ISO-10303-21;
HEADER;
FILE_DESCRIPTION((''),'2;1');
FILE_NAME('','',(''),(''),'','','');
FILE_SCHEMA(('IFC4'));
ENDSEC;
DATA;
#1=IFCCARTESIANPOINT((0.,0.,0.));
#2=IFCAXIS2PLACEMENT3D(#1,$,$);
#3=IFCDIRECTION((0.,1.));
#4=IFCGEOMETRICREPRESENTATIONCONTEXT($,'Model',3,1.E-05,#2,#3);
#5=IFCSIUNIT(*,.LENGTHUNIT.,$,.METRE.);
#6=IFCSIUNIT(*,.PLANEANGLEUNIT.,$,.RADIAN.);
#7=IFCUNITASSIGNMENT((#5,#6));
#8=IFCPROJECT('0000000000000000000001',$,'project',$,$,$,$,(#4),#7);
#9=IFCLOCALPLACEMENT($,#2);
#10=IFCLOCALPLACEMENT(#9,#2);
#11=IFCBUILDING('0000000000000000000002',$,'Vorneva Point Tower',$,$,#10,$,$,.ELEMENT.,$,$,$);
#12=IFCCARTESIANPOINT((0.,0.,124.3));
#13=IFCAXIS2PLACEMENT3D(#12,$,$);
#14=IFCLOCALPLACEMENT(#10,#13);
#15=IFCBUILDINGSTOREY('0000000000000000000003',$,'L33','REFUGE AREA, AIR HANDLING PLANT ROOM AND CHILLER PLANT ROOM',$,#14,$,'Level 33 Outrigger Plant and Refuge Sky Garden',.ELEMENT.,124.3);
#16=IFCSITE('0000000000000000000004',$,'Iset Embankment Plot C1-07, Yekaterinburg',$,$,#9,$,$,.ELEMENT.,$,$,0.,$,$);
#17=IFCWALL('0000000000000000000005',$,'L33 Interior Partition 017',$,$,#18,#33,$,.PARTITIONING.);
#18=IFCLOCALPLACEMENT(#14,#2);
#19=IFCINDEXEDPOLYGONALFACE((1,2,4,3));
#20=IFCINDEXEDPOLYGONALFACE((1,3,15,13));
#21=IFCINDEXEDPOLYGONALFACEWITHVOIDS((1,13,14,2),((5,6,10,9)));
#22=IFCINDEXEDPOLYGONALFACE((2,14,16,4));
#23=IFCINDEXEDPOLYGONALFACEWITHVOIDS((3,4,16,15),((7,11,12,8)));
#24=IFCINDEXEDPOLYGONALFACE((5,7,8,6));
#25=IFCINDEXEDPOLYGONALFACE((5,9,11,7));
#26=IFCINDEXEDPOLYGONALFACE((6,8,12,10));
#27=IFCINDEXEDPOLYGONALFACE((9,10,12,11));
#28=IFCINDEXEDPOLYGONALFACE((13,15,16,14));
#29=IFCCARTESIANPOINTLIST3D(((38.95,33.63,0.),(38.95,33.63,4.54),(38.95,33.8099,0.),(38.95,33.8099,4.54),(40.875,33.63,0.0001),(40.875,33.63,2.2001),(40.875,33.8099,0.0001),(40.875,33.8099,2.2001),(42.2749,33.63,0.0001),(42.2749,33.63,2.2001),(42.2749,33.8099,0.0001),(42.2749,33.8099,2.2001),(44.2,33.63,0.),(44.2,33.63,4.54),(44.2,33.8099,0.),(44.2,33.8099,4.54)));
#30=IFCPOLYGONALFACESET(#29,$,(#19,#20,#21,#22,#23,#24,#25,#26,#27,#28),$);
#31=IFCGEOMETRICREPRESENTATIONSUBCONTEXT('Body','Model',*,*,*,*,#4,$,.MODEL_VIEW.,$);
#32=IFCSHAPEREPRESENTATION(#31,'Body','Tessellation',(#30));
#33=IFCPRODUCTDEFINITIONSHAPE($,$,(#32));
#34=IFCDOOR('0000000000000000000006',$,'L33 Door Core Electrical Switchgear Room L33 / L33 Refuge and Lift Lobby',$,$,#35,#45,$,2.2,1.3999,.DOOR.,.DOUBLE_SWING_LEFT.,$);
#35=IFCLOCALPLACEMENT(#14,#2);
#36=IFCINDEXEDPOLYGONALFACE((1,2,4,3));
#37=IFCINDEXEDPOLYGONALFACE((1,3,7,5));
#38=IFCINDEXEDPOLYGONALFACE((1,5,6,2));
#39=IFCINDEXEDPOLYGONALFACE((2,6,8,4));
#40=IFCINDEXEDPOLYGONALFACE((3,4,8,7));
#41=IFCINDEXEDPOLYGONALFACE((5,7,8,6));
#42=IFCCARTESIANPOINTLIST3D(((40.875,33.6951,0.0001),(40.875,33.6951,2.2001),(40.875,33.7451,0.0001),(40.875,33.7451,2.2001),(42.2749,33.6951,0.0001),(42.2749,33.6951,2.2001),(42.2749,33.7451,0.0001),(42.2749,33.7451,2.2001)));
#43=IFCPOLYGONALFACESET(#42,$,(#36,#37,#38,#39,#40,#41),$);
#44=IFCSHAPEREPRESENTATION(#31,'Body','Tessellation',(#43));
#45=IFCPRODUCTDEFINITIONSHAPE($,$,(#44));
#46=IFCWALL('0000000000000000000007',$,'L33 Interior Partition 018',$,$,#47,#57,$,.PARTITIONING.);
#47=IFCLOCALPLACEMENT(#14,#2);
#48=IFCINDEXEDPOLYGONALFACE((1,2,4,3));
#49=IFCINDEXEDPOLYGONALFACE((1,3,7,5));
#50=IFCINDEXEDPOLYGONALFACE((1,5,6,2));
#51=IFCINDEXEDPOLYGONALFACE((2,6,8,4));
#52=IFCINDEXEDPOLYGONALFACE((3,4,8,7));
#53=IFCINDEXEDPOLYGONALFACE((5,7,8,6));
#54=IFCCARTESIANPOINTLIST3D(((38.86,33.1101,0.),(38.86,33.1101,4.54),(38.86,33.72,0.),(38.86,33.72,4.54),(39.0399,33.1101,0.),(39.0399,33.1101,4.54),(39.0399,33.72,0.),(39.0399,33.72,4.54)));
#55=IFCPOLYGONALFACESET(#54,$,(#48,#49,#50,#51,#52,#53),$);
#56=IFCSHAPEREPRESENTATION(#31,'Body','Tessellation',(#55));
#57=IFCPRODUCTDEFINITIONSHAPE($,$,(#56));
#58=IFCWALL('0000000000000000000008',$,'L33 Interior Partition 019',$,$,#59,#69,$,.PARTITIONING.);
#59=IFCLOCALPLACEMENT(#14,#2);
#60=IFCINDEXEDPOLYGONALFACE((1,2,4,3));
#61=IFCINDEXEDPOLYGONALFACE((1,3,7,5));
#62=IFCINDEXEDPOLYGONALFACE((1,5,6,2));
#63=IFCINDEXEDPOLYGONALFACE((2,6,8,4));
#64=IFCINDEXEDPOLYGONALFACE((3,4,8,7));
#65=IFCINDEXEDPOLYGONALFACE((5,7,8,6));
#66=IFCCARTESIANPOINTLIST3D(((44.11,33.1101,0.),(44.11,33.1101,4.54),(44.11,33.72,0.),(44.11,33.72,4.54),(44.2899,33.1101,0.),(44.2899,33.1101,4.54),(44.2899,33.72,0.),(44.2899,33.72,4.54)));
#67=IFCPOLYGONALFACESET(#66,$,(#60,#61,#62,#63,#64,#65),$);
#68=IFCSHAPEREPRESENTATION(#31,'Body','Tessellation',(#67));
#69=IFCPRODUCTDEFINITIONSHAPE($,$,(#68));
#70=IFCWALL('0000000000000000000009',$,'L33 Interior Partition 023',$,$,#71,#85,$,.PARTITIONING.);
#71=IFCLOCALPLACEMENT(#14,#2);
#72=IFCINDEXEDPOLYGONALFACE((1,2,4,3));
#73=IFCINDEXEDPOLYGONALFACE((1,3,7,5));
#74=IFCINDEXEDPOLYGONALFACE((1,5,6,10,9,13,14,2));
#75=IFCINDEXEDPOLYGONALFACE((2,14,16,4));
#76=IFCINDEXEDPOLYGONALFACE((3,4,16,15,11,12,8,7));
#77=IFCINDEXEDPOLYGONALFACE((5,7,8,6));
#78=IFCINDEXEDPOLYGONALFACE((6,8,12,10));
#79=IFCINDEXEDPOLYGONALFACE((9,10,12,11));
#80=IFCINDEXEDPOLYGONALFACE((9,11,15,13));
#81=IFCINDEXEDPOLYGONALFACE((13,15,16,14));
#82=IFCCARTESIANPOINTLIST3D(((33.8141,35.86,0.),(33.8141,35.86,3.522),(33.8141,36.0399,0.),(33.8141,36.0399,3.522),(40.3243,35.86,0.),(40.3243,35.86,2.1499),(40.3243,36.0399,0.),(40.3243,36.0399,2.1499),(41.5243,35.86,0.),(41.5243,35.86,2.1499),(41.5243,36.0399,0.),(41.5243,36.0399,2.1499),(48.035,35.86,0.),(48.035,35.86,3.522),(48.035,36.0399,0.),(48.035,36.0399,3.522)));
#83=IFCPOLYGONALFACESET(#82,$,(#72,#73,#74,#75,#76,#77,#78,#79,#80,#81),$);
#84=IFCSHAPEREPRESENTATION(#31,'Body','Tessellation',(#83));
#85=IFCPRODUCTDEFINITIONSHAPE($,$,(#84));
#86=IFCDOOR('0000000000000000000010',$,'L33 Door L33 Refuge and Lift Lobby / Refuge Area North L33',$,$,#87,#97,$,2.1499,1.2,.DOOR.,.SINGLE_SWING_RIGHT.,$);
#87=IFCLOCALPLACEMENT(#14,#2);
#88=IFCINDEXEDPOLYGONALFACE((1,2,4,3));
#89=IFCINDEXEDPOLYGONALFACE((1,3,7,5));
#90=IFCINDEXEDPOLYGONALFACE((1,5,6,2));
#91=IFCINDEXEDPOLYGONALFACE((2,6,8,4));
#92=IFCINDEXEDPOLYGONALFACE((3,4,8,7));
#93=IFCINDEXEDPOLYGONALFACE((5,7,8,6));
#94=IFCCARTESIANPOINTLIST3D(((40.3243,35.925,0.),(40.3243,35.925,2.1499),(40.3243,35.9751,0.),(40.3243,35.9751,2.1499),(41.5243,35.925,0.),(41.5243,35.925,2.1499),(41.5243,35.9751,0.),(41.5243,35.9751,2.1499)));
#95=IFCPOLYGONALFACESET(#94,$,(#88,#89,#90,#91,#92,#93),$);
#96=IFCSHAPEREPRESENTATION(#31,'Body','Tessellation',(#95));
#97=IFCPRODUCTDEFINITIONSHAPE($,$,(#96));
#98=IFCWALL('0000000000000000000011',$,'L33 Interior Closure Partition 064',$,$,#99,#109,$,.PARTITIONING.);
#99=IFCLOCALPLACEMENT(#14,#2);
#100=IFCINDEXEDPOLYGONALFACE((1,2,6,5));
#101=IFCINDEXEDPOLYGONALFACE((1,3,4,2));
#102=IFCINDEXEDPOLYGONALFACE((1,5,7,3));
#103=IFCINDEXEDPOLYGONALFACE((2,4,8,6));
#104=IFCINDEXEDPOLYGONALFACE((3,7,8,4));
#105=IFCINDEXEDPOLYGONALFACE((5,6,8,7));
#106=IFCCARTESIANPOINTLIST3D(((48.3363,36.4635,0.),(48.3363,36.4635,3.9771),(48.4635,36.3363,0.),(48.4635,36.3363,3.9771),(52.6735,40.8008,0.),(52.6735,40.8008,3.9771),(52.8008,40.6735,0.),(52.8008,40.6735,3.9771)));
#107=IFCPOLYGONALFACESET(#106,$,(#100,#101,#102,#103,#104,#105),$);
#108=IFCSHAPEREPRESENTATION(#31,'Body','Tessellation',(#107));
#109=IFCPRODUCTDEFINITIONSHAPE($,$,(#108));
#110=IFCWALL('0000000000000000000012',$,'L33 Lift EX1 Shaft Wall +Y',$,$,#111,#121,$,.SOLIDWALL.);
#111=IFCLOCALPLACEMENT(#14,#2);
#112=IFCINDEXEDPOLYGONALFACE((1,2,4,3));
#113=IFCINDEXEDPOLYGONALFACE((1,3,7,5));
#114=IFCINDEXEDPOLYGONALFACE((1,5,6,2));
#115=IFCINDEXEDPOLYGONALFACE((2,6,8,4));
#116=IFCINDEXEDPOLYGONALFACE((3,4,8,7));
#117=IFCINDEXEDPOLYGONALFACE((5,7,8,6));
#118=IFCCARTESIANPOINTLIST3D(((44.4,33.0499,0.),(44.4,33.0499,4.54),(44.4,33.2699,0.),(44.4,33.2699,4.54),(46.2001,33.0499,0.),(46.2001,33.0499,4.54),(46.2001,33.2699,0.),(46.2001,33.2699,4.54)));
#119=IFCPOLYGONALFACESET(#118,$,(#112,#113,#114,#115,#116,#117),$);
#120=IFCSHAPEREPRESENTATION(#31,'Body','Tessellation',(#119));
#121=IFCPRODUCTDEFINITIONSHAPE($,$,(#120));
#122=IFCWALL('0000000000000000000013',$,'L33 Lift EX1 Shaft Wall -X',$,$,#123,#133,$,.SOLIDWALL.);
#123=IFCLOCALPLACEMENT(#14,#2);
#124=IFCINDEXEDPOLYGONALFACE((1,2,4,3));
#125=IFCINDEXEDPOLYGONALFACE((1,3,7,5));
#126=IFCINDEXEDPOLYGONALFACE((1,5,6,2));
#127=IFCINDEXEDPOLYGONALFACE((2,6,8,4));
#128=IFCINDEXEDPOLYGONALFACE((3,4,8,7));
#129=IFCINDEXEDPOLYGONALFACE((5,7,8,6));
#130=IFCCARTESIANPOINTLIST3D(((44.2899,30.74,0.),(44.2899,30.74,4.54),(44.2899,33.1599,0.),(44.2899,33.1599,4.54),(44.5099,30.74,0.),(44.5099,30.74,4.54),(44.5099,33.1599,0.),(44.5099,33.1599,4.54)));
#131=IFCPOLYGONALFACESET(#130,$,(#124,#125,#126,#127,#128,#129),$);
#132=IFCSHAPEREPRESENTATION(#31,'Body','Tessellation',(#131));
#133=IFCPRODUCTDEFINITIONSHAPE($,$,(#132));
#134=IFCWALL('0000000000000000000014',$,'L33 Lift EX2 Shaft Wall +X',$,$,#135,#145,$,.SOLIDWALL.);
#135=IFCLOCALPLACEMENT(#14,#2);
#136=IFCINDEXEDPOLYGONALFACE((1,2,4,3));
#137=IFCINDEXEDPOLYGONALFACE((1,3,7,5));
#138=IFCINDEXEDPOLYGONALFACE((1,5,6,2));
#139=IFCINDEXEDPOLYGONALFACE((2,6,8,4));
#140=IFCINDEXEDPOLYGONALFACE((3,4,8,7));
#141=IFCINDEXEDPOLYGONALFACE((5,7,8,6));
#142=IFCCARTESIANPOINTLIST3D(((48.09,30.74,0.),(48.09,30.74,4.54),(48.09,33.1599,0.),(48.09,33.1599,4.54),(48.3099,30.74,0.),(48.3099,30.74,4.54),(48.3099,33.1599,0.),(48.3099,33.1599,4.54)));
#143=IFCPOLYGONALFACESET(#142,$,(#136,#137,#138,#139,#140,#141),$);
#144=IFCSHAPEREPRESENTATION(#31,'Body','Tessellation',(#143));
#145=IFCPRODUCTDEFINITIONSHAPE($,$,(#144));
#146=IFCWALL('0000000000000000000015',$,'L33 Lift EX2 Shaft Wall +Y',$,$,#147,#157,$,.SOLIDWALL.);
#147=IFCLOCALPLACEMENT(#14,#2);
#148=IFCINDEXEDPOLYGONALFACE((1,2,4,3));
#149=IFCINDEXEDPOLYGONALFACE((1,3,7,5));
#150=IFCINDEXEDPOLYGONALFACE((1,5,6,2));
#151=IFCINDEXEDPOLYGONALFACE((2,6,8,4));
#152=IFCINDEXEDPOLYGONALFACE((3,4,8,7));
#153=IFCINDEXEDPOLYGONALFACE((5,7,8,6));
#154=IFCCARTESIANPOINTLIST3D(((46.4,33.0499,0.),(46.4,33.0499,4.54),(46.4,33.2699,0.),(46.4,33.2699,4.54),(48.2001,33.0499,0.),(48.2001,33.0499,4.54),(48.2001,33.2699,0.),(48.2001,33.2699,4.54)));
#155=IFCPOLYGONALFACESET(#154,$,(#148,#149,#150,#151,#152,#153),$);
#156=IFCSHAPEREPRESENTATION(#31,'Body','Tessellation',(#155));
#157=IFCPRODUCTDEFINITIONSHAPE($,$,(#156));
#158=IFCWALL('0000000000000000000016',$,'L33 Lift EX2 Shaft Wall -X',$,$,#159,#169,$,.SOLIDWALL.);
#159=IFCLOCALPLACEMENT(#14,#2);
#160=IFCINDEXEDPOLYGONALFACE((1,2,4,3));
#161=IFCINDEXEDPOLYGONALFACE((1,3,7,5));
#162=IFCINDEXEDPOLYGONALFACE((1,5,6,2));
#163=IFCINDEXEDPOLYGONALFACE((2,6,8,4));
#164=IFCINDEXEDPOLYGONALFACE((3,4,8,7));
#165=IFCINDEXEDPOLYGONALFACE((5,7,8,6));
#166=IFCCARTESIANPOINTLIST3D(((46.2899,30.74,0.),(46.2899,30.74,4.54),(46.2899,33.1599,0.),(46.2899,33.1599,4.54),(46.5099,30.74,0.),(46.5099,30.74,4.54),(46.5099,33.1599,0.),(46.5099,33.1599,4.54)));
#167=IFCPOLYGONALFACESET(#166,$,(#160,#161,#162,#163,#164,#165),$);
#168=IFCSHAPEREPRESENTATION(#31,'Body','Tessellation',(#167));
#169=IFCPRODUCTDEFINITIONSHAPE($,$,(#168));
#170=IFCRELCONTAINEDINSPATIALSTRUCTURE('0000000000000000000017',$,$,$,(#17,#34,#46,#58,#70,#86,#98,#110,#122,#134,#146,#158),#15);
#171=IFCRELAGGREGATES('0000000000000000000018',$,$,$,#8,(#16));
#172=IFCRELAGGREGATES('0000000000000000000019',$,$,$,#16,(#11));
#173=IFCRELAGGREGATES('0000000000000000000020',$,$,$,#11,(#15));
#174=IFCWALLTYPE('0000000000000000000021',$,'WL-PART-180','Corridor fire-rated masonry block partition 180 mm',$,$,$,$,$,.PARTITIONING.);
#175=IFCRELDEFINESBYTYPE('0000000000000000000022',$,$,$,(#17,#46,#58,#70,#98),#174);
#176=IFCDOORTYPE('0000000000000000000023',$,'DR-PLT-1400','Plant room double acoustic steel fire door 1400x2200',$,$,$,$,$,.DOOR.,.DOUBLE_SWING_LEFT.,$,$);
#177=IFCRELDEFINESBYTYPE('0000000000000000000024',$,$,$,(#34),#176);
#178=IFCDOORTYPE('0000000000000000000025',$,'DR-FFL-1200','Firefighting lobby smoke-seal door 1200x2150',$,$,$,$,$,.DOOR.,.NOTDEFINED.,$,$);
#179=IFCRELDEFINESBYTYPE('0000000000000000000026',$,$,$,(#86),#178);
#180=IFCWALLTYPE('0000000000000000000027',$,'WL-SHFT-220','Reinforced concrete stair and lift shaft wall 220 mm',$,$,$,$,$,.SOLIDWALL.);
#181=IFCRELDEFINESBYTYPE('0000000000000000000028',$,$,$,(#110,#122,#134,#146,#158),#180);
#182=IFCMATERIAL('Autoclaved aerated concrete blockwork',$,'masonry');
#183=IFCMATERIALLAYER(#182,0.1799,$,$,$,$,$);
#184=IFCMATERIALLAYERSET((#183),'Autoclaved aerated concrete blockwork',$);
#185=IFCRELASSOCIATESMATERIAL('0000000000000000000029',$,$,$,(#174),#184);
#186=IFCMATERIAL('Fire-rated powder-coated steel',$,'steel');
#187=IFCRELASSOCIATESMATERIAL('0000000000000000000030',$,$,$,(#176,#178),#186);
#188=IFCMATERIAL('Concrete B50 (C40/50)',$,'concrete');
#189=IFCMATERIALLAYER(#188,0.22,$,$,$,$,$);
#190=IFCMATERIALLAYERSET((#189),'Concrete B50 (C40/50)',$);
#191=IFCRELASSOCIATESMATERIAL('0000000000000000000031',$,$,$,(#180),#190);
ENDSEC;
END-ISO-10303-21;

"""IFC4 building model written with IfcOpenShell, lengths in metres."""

from ifc_helpers import new_model, si_unit, direction, frame, frame_2d, origin, place, context, subcontext, project, spatial, rectangle, extrude, material, layer, layer_set, type_object, element, fill, save


model = new_model("IFC4")

# Units and contexts
model_context = context("Model", 3, precision=1e-05, world=origin(), true_north=direction((0.0, 1.0)))
body_context = subcontext(model_context, "Body", "Model", "MODEL_VIEW")
ifc_project = project(units=[si_unit("LENGTHUNIT", "METRE"), si_unit("PLANEANGLEUNIT", "RADIAN")], contexts=[model_context])

# Site, building, storey
site_placement = place(None, origin())
site = spatial("IfcSite", under=ifc_project, at=site_placement, Name="Iset Embankment Plot C1-07, Yekaterinburg", CompositionType="ELEMENT", RefElevation=0.0)
building_placement = place(site_placement, origin())
building = spatial("IfcBuilding", under=site, at=building_placement, Name="Vorneva Point Tower", CompositionType="ELEMENT")
storey_placement = place(building_placement, frame((0.0, 0.0, 124.3)))
storey = spatial("IfcBuildingStorey", under=building, at=storey_placement, Name="L33", Description="REFUGE AREA, AIR HANDLING PLANT ROOM AND CHILLER PLANT ROOM", LongName="Level 33 Outrigger Plant and Refuge Sky Garden", CompositionType="ELEMENT", Elevation=124.3)

# Wall, opening, door
ifc_material_1 = material(Name="Autoclaved aerated concrete blockwork", Category="masonry")
ifc_layer_1 = layer(ifc_material_1, 0.1799)
ifc_layer_set_1 = layer_set([ifc_layer_1], Name="Autoclaved aerated concrete blockwork")
wall_type_1 = type_object("IfcWallType", Name="WL-PART-180", Description="Corridor fire-rated masonry block partition 180 mm", PredefinedType="PARTITIONING", material=ifc_layer_set_1)
ifc_material_2 = material(Name="Fire-rated powder-coated steel", Category="steel")
door_type_1 = type_object("IfcDoorType", Name="DR-PLT-1400", Description="Plant room double acoustic steel fire door 1400x2200", OperationType="DOUBLE_SWING_LEFT", PredefinedType="DOOR", material=ifc_material_2)
wall_1_placement = place(storey_placement, frame((44.2, 33.72, 0.0), z_axis=(0.0, 0.0, 1.0), x_axis=(-1.0, 0.0, 0.0)))
wall_1 = element("IfcWall", 1, at=wall_1_placement, inside=storey, type_object=wall_type_1, Name="L33 Interior Partition 017", PredefinedType="PARTITIONING", context=body_context, shape_type="SweptSolid", body=[
    extrude(rectangle(XDim=5.25, YDim=0.1799, at=frame_2d((2.625, 0.0))), origin(), (0.0, 0.0, 1.0), 4.54),
])
opening_1_placement = place(wall_1_placement, frame((1.925, 0.0, 0.0)))
opening_1 = element("IfcOpeningElement", 2, at=opening_1_placement, cuts=wall_1, PredefinedType="OPENING", context=body_context, shape_type="SweptSolid", body=[
    extrude(rectangle(XDim=1.3999, YDim=2.2, at=frame_2d((0.7, 1.1001))), frame((0.0, 0.105, 0.0), z_axis=(0.0, -1.0, 0.0), x_axis=(1.0, 0.0, 0.0)), (0.0, 0.0, 1.0), 0.2097),
])
door_1_placement = place(opening_1_placement, origin())
door_1 = element("IfcDoor", 3, at=door_1_placement, inside=storey, type_object=door_type_1, Name="L33 Door Core Electrical Switchgear Room L33 / L33 Refuge and Lift Lobby", OperationType="DOUBLE_SWING_LEFT", OverallHeight=2.2, OverallWidth=1.3999, PredefinedType="DOOR", context=body_context, shape_type="SweptSolid", body=[
    extrude(rectangle(XDim=1.3999, YDim=2.2, at=frame_2d((0.7, 1.1001))), frame((0.0, 0.0249, 0.0), z_axis=(0.0, -1.0, 0.0), x_axis=(1.0, 0.0, 0.0)), (0.0, 0.0, 1.0), 0.05),
])
fill(opening_1, door_1)

# Walls
for number, where, z_axis, x_axis, name in (
    (4, (38.95, 33.72, 0.0), (0.0, 0.0, 1.0), (0.0, -1.0, 0.0), "L33 Interior Partition 018"),
    (5, (44.2, 33.1101, 0.0), (0.0, 0.0, 1.0), (0.0, 1.0, 0.0), "L33 Interior Partition 019"),
):
    element("IfcWall", number, at=place(storey_placement, frame(where, z_axis=z_axis, x_axis=x_axis)), inside=storey, type_object=wall_type_1, Name=name, PredefinedType="PARTITIONING", context=body_context, shape_type="SweptSolid", body=[
        extrude(rectangle(XDim=0.6099, YDim=0.1799, at=frame_2d((0.3049, 0.0))), origin(), (0.0, 0.0, 1.0), 4.54),
    ])

# Wall, opening, door
wall_2_placement = place(storey_placement, frame((48.0349, 35.95, 0.0), z_axis=(0.0, 0.0, 1.0), x_axis=(-1.0, 0.0, 0.0)))
wall_2 = element("IfcWall", 6, at=wall_2_placement, inside=storey, type_object=wall_type_1, Name="L33 Interior Partition 023", PredefinedType="PARTITIONING", context=body_context, shape_type="SweptSolid", body=[
    extrude(rectangle(XDim=14.2209, YDim=0.1799, at=frame_2d((7.1104, 0.0))), origin(), (0.0, 0.0, 1.0), 3.522),
])
opening_2_placement = place(wall_2_placement, frame((6.5105, 0.0, 0.0)))
opening_2 = element("IfcOpeningElement", 7, at=opening_2_placement, cuts=wall_2, PredefinedType="OPENING", context=body_context, shape_type="SweptSolid", body=[
    extrude(rectangle(XDim=1.2, YDim=2.1499, at=frame_2d((0.6001, 1.075))), frame((0.0, 0.105, 0.0), z_axis=(0.0, -1.0, 0.0), x_axis=(1.0, 0.0, 0.0)), (0.0, 0.0, 1.0), 0.2097),
])
door_type_2 = type_object("IfcDoorType", Name="DR-FFL-1200", Description="Firefighting lobby smoke-seal door 1200x2150", OperationType="NOTDEFINED", PredefinedType="DOOR", material=ifc_material_2)
door_2_placement = place(opening_2_placement, origin())
door_2 = element("IfcDoor", 8, at=door_2_placement, inside=storey, type_object=door_type_2, Name="L33 Door L33 Refuge and Lift Lobby / Refuge Area North L33", OperationType="SINGLE_SWING_RIGHT", OverallHeight=2.1499, OverallWidth=1.2, PredefinedType="DOOR", context=body_context, shape_type="SweptSolid", body=[
    extrude(rectangle(XDim=1.2, YDim=2.1499, at=frame_2d((0.6001, 1.075))), frame((0.0, 0.0249, 0.0), z_axis=(0.0, -1.0, 0.0), x_axis=(1.0, 0.0, 0.0)), (0.0, 0.0, 1.0), 0.05),
])
fill(opening_2, door_2)

# Walls
wall_3_placement = place(storey_placement, frame((48.3999, 36.3999, 0.0), z_axis=(0.0, 0.0, 1.0), x_axis=(0.707107, 0.707107, 0.0)))
element("IfcWall", 9, at=wall_3_placement, inside=storey, type_object=wall_type_1, Name="L33 Interior Closure Partition 064", PredefinedType="PARTITIONING", context=body_context, shape_type="SweptSolid", body=[
    extrude(rectangle(XDim=6.1338, YDim=0.1799, at=frame_2d((3.0669, 0.0))), origin(), (0.0, 0.0, 1.0), 3.9771),
])
ifc_material_3 = material(Name="Concrete B50 (C40/50)", Category="concrete")
ifc_layer_2 = layer(ifc_material_3, 0.22)
ifc_layer_set_2 = layer_set([ifc_layer_2], Name="Concrete B50 (C40/50)")
wall_type_2 = type_object("IfcWallType", Name="WL-SHFT-220", Description="Reinforced concrete stair and lift shaft wall 220 mm", PredefinedType="SOLIDWALL", material=ifc_layer_set_2)
wall_4_placement = place(storey_placement, frame((46.2, 33.1599, 0.0), z_axis=(0.0, 0.0, 1.0), x_axis=(-1.0, 0.0, 0.0)))
element("IfcWall", 10, at=wall_4_placement, inside=storey, type_object=wall_type_2, Name="L33 Lift EX1 Shaft Wall +Y", PredefinedType="SOLIDWALL", context=body_context, shape_type="SweptSolid", body=[
    extrude(rectangle(XDim=1.8, YDim=0.22, at=frame_2d((0.8999, 0.0))), origin(), (0.0, 0.0, 1.0), 4.54),
])
for number, where, z_axis, x_axis, name in (
    (11, (44.3999, 33.1599, 0.0), (0.0, 0.0, 1.0), (0.0, -1.0, 0.0), "L33 Lift EX1 Shaft Wall -X"),
    (12, (48.2, 30.74, 0.0), (0.0, 0.0, 1.0), (0.0, 1.0, 0.0), "L33 Lift EX2 Shaft Wall +X"),
):
    element("IfcWall", number, at=place(storey_placement, frame(where, z_axis=z_axis, x_axis=x_axis)), inside=storey, type_object=wall_type_2, Name=name, PredefinedType="SOLIDWALL", context=body_context, shape_type="SweptSolid", body=[
        extrude(rectangle(XDim=2.4199, YDim=0.22, at=frame_2d((1.21, 0.0))), origin(), (0.0, 0.0, 1.0), 4.54),
    ])
wall_5_placement = place(storey_placement, frame((48.2, 33.1599, 0.0), z_axis=(0.0, 0.0, 1.0), x_axis=(-1.0, 0.0, 0.0)))
element("IfcWall", 13, at=wall_5_placement, inside=storey, type_object=wall_type_2, Name="L33 Lift EX2 Shaft Wall +Y", PredefinedType="SOLIDWALL", context=body_context, shape_type="SweptSolid", body=[
    extrude(rectangle(XDim=1.8, YDim=0.22, at=frame_2d((0.8999, 0.0))), origin(), (0.0, 0.0, 1.0), 4.54),
])
wall_6_placement = place(storey_placement, frame((46.3999, 33.1599, 0.0), z_axis=(0.0, 0.0, 1.0), x_axis=(0.0, -1.0, 0.0)))
element("IfcWall", 14, at=wall_6_placement, inside=storey, type_object=wall_type_2, Name="L33 Lift EX2 Shaft Wall -X", PredefinedType="SOLIDWALL", context=body_context, shape_type="SweptSolid", body=[
    extrude(rectangle(XDim=2.4199, YDim=0.22, at=frame_2d((1.21, 0.0))), origin(), (0.0, 0.0, 1.0), 4.54),
])

save(model, "model.ifc")
